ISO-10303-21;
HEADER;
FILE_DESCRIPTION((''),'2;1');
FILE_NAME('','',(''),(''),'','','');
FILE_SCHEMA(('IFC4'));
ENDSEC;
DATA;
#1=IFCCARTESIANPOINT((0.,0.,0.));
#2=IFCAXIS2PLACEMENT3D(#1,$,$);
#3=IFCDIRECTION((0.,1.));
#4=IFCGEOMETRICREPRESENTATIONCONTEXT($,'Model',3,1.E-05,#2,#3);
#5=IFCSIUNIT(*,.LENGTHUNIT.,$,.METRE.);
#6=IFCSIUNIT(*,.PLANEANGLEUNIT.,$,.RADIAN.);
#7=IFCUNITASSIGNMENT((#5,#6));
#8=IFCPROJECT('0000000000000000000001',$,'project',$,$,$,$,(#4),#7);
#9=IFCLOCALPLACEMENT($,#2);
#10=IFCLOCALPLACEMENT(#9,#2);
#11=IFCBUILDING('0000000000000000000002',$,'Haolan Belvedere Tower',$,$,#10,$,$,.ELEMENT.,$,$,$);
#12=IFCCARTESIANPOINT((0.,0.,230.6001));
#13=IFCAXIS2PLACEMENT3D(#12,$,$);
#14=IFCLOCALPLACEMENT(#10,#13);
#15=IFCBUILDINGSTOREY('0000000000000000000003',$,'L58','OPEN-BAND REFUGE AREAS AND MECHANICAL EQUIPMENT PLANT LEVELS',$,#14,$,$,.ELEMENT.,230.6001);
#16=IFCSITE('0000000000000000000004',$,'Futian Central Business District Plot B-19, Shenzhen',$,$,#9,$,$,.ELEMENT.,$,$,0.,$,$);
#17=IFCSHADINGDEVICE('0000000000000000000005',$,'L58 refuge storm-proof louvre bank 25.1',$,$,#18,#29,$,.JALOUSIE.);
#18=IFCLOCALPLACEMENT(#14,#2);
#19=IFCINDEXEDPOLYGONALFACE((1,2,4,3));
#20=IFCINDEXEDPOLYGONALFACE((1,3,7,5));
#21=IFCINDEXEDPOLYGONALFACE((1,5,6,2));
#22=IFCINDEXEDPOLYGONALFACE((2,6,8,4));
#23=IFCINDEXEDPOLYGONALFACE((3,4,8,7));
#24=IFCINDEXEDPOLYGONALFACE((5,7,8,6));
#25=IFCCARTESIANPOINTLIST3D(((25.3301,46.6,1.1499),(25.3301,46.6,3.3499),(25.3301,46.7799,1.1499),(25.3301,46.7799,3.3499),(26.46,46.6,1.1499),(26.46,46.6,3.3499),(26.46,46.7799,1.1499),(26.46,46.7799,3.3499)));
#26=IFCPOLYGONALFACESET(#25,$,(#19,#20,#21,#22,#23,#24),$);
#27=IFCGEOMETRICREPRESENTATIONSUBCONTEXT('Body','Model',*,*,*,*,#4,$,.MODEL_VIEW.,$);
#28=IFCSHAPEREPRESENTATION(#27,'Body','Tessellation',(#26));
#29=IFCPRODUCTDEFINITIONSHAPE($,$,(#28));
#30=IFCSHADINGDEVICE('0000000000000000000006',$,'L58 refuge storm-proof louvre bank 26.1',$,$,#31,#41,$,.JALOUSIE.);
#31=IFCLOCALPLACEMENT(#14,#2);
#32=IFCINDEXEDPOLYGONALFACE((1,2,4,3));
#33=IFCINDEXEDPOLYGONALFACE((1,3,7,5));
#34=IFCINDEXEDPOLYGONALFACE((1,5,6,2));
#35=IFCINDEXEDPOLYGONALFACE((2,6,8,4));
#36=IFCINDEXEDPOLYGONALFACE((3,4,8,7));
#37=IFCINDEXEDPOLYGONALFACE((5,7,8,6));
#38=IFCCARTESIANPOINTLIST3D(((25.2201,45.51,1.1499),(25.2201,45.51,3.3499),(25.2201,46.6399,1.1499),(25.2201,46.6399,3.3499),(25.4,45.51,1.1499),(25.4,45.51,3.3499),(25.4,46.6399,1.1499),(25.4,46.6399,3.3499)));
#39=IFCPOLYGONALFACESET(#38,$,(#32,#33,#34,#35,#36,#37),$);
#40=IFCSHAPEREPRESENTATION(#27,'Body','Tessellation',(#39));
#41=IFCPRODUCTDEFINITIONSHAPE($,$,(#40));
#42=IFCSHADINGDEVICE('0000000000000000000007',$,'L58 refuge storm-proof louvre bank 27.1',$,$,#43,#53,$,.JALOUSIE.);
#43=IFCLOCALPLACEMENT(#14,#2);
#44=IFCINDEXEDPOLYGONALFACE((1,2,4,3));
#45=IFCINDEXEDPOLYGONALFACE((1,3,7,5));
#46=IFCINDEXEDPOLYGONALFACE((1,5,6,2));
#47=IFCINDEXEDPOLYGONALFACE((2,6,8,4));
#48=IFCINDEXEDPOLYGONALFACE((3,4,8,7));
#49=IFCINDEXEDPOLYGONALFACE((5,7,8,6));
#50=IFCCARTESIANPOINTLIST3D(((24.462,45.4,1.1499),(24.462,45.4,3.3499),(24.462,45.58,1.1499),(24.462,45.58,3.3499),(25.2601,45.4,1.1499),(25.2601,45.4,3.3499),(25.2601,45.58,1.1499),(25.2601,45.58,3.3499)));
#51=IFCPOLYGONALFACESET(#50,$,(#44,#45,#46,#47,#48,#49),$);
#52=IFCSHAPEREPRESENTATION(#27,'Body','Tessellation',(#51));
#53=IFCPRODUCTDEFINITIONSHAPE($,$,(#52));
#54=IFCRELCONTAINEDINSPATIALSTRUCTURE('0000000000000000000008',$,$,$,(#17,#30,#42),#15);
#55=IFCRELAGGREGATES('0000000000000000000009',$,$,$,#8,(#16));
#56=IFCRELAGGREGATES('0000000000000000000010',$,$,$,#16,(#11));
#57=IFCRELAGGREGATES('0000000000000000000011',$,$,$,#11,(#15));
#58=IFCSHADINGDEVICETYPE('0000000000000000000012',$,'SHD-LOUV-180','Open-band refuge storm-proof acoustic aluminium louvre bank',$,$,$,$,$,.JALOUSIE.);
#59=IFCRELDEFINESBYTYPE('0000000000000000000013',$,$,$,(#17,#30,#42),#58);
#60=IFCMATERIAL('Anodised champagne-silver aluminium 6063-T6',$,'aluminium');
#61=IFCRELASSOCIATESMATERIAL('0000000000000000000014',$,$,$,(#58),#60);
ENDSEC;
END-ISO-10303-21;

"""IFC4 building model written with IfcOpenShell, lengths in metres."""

from ifc_helpers import new_model, si_unit, direction, frame, origin, origin_2d, place, context, subcontext, project, spatial, rectangle, extrude, material, type_object, element, save


model = new_model("IFC4")

# Units and contexts
model_context = context("Model", 3, precision=1e-05, world=origin(), true_north=direction((0.0, 1.0)))
body_context = subcontext(model_context, "Body", "Model", "MODEL_VIEW")
ifc_project = project(units=[si_unit("LENGTHUNIT", "METRE"), si_unit("PLANEANGLEUNIT", "RADIAN")], contexts=[model_context])

# Site, building, storey
site_placement = place(None, origin())
site = spatial("IfcSite", under=ifc_project, at=site_placement, Name="Futian Central Business District Plot B-19, Shenzhen", CompositionType="ELEMENT", RefElevation=0.0)
building_placement = place(site_placement, origin())
building = spatial("IfcBuilding", under=site, at=building_placement, Name="Haolan Belvedere Tower", CompositionType="ELEMENT")
storey_placement = place(building_placement, frame((0.0, 0.0, 230.6001)))
storey = spatial("IfcBuildingStorey", under=building, at=storey_placement, Name="L58", Description="OPEN-BAND REFUGE AREAS AND MECHANICAL EQUIPMENT PLANT LEVELS", CompositionType="ELEMENT", Elevation=230.6001)

# Shading devices
ifc_material_1 = material(Name="Anodised champagne-silver aluminium 6063-T6", Category="aluminium")
shading_device_type = type_object("IfcShadingDeviceType", Name="SHD-LOUV-180", Description="Open-band refuge storm-proof acoustic aluminium louvre bank", PredefinedType="JALOUSIE", material=ifc_material_1)
for number, where, z_axis, x_axis, name in (
    (1, (25.895, 46.6899, 1.1499), (0.0, 0.0, 1.0), (-1.0, 0.0, 0.0), "L58 refuge storm-proof louvre bank 25.1"),
    (2, (25.3101, 46.075, 1.1499), (0.0, 0.0, 1.0), (0.0, -1.0, 0.0), "L58 refuge storm-proof louvre bank 26.1"),
):
    element("IfcShadingDevice", number, at=place(storey_placement, frame(where, z_axis=z_axis, x_axis=x_axis)), inside=storey, type_object=shading_device_type, Name=name, PredefinedType="JALOUSIE", context=body_context, shape_type="SweptSolid", body=[
        extrude(rectangle(XDim=1.1299, YDim=0.1799, at=origin_2d()), origin(), (0.0, 0.0, 1.0), 2.2),
    ])
shading_device_1_placement = place(storey_placement, frame((24.8611, 45.49, 1.1499), z_axis=(0.0, 0.0, 1.0), x_axis=(-1.0, 0.0, 0.0)))
element("IfcShadingDevice", 3, at=shading_device_1_placement, inside=storey, type_object=shading_device_type, Name="L58 refuge storm-proof louvre bank 27.1", PredefinedType="JALOUSIE", context=body_context, shape_type="SweptSolid", body=[
    extrude(rectangle(XDim=0.7981, YDim=0.1799, at=origin_2d()), origin(), (0.0, 0.0, 1.0), 2.2),
])

save(model, "model.ifc")
